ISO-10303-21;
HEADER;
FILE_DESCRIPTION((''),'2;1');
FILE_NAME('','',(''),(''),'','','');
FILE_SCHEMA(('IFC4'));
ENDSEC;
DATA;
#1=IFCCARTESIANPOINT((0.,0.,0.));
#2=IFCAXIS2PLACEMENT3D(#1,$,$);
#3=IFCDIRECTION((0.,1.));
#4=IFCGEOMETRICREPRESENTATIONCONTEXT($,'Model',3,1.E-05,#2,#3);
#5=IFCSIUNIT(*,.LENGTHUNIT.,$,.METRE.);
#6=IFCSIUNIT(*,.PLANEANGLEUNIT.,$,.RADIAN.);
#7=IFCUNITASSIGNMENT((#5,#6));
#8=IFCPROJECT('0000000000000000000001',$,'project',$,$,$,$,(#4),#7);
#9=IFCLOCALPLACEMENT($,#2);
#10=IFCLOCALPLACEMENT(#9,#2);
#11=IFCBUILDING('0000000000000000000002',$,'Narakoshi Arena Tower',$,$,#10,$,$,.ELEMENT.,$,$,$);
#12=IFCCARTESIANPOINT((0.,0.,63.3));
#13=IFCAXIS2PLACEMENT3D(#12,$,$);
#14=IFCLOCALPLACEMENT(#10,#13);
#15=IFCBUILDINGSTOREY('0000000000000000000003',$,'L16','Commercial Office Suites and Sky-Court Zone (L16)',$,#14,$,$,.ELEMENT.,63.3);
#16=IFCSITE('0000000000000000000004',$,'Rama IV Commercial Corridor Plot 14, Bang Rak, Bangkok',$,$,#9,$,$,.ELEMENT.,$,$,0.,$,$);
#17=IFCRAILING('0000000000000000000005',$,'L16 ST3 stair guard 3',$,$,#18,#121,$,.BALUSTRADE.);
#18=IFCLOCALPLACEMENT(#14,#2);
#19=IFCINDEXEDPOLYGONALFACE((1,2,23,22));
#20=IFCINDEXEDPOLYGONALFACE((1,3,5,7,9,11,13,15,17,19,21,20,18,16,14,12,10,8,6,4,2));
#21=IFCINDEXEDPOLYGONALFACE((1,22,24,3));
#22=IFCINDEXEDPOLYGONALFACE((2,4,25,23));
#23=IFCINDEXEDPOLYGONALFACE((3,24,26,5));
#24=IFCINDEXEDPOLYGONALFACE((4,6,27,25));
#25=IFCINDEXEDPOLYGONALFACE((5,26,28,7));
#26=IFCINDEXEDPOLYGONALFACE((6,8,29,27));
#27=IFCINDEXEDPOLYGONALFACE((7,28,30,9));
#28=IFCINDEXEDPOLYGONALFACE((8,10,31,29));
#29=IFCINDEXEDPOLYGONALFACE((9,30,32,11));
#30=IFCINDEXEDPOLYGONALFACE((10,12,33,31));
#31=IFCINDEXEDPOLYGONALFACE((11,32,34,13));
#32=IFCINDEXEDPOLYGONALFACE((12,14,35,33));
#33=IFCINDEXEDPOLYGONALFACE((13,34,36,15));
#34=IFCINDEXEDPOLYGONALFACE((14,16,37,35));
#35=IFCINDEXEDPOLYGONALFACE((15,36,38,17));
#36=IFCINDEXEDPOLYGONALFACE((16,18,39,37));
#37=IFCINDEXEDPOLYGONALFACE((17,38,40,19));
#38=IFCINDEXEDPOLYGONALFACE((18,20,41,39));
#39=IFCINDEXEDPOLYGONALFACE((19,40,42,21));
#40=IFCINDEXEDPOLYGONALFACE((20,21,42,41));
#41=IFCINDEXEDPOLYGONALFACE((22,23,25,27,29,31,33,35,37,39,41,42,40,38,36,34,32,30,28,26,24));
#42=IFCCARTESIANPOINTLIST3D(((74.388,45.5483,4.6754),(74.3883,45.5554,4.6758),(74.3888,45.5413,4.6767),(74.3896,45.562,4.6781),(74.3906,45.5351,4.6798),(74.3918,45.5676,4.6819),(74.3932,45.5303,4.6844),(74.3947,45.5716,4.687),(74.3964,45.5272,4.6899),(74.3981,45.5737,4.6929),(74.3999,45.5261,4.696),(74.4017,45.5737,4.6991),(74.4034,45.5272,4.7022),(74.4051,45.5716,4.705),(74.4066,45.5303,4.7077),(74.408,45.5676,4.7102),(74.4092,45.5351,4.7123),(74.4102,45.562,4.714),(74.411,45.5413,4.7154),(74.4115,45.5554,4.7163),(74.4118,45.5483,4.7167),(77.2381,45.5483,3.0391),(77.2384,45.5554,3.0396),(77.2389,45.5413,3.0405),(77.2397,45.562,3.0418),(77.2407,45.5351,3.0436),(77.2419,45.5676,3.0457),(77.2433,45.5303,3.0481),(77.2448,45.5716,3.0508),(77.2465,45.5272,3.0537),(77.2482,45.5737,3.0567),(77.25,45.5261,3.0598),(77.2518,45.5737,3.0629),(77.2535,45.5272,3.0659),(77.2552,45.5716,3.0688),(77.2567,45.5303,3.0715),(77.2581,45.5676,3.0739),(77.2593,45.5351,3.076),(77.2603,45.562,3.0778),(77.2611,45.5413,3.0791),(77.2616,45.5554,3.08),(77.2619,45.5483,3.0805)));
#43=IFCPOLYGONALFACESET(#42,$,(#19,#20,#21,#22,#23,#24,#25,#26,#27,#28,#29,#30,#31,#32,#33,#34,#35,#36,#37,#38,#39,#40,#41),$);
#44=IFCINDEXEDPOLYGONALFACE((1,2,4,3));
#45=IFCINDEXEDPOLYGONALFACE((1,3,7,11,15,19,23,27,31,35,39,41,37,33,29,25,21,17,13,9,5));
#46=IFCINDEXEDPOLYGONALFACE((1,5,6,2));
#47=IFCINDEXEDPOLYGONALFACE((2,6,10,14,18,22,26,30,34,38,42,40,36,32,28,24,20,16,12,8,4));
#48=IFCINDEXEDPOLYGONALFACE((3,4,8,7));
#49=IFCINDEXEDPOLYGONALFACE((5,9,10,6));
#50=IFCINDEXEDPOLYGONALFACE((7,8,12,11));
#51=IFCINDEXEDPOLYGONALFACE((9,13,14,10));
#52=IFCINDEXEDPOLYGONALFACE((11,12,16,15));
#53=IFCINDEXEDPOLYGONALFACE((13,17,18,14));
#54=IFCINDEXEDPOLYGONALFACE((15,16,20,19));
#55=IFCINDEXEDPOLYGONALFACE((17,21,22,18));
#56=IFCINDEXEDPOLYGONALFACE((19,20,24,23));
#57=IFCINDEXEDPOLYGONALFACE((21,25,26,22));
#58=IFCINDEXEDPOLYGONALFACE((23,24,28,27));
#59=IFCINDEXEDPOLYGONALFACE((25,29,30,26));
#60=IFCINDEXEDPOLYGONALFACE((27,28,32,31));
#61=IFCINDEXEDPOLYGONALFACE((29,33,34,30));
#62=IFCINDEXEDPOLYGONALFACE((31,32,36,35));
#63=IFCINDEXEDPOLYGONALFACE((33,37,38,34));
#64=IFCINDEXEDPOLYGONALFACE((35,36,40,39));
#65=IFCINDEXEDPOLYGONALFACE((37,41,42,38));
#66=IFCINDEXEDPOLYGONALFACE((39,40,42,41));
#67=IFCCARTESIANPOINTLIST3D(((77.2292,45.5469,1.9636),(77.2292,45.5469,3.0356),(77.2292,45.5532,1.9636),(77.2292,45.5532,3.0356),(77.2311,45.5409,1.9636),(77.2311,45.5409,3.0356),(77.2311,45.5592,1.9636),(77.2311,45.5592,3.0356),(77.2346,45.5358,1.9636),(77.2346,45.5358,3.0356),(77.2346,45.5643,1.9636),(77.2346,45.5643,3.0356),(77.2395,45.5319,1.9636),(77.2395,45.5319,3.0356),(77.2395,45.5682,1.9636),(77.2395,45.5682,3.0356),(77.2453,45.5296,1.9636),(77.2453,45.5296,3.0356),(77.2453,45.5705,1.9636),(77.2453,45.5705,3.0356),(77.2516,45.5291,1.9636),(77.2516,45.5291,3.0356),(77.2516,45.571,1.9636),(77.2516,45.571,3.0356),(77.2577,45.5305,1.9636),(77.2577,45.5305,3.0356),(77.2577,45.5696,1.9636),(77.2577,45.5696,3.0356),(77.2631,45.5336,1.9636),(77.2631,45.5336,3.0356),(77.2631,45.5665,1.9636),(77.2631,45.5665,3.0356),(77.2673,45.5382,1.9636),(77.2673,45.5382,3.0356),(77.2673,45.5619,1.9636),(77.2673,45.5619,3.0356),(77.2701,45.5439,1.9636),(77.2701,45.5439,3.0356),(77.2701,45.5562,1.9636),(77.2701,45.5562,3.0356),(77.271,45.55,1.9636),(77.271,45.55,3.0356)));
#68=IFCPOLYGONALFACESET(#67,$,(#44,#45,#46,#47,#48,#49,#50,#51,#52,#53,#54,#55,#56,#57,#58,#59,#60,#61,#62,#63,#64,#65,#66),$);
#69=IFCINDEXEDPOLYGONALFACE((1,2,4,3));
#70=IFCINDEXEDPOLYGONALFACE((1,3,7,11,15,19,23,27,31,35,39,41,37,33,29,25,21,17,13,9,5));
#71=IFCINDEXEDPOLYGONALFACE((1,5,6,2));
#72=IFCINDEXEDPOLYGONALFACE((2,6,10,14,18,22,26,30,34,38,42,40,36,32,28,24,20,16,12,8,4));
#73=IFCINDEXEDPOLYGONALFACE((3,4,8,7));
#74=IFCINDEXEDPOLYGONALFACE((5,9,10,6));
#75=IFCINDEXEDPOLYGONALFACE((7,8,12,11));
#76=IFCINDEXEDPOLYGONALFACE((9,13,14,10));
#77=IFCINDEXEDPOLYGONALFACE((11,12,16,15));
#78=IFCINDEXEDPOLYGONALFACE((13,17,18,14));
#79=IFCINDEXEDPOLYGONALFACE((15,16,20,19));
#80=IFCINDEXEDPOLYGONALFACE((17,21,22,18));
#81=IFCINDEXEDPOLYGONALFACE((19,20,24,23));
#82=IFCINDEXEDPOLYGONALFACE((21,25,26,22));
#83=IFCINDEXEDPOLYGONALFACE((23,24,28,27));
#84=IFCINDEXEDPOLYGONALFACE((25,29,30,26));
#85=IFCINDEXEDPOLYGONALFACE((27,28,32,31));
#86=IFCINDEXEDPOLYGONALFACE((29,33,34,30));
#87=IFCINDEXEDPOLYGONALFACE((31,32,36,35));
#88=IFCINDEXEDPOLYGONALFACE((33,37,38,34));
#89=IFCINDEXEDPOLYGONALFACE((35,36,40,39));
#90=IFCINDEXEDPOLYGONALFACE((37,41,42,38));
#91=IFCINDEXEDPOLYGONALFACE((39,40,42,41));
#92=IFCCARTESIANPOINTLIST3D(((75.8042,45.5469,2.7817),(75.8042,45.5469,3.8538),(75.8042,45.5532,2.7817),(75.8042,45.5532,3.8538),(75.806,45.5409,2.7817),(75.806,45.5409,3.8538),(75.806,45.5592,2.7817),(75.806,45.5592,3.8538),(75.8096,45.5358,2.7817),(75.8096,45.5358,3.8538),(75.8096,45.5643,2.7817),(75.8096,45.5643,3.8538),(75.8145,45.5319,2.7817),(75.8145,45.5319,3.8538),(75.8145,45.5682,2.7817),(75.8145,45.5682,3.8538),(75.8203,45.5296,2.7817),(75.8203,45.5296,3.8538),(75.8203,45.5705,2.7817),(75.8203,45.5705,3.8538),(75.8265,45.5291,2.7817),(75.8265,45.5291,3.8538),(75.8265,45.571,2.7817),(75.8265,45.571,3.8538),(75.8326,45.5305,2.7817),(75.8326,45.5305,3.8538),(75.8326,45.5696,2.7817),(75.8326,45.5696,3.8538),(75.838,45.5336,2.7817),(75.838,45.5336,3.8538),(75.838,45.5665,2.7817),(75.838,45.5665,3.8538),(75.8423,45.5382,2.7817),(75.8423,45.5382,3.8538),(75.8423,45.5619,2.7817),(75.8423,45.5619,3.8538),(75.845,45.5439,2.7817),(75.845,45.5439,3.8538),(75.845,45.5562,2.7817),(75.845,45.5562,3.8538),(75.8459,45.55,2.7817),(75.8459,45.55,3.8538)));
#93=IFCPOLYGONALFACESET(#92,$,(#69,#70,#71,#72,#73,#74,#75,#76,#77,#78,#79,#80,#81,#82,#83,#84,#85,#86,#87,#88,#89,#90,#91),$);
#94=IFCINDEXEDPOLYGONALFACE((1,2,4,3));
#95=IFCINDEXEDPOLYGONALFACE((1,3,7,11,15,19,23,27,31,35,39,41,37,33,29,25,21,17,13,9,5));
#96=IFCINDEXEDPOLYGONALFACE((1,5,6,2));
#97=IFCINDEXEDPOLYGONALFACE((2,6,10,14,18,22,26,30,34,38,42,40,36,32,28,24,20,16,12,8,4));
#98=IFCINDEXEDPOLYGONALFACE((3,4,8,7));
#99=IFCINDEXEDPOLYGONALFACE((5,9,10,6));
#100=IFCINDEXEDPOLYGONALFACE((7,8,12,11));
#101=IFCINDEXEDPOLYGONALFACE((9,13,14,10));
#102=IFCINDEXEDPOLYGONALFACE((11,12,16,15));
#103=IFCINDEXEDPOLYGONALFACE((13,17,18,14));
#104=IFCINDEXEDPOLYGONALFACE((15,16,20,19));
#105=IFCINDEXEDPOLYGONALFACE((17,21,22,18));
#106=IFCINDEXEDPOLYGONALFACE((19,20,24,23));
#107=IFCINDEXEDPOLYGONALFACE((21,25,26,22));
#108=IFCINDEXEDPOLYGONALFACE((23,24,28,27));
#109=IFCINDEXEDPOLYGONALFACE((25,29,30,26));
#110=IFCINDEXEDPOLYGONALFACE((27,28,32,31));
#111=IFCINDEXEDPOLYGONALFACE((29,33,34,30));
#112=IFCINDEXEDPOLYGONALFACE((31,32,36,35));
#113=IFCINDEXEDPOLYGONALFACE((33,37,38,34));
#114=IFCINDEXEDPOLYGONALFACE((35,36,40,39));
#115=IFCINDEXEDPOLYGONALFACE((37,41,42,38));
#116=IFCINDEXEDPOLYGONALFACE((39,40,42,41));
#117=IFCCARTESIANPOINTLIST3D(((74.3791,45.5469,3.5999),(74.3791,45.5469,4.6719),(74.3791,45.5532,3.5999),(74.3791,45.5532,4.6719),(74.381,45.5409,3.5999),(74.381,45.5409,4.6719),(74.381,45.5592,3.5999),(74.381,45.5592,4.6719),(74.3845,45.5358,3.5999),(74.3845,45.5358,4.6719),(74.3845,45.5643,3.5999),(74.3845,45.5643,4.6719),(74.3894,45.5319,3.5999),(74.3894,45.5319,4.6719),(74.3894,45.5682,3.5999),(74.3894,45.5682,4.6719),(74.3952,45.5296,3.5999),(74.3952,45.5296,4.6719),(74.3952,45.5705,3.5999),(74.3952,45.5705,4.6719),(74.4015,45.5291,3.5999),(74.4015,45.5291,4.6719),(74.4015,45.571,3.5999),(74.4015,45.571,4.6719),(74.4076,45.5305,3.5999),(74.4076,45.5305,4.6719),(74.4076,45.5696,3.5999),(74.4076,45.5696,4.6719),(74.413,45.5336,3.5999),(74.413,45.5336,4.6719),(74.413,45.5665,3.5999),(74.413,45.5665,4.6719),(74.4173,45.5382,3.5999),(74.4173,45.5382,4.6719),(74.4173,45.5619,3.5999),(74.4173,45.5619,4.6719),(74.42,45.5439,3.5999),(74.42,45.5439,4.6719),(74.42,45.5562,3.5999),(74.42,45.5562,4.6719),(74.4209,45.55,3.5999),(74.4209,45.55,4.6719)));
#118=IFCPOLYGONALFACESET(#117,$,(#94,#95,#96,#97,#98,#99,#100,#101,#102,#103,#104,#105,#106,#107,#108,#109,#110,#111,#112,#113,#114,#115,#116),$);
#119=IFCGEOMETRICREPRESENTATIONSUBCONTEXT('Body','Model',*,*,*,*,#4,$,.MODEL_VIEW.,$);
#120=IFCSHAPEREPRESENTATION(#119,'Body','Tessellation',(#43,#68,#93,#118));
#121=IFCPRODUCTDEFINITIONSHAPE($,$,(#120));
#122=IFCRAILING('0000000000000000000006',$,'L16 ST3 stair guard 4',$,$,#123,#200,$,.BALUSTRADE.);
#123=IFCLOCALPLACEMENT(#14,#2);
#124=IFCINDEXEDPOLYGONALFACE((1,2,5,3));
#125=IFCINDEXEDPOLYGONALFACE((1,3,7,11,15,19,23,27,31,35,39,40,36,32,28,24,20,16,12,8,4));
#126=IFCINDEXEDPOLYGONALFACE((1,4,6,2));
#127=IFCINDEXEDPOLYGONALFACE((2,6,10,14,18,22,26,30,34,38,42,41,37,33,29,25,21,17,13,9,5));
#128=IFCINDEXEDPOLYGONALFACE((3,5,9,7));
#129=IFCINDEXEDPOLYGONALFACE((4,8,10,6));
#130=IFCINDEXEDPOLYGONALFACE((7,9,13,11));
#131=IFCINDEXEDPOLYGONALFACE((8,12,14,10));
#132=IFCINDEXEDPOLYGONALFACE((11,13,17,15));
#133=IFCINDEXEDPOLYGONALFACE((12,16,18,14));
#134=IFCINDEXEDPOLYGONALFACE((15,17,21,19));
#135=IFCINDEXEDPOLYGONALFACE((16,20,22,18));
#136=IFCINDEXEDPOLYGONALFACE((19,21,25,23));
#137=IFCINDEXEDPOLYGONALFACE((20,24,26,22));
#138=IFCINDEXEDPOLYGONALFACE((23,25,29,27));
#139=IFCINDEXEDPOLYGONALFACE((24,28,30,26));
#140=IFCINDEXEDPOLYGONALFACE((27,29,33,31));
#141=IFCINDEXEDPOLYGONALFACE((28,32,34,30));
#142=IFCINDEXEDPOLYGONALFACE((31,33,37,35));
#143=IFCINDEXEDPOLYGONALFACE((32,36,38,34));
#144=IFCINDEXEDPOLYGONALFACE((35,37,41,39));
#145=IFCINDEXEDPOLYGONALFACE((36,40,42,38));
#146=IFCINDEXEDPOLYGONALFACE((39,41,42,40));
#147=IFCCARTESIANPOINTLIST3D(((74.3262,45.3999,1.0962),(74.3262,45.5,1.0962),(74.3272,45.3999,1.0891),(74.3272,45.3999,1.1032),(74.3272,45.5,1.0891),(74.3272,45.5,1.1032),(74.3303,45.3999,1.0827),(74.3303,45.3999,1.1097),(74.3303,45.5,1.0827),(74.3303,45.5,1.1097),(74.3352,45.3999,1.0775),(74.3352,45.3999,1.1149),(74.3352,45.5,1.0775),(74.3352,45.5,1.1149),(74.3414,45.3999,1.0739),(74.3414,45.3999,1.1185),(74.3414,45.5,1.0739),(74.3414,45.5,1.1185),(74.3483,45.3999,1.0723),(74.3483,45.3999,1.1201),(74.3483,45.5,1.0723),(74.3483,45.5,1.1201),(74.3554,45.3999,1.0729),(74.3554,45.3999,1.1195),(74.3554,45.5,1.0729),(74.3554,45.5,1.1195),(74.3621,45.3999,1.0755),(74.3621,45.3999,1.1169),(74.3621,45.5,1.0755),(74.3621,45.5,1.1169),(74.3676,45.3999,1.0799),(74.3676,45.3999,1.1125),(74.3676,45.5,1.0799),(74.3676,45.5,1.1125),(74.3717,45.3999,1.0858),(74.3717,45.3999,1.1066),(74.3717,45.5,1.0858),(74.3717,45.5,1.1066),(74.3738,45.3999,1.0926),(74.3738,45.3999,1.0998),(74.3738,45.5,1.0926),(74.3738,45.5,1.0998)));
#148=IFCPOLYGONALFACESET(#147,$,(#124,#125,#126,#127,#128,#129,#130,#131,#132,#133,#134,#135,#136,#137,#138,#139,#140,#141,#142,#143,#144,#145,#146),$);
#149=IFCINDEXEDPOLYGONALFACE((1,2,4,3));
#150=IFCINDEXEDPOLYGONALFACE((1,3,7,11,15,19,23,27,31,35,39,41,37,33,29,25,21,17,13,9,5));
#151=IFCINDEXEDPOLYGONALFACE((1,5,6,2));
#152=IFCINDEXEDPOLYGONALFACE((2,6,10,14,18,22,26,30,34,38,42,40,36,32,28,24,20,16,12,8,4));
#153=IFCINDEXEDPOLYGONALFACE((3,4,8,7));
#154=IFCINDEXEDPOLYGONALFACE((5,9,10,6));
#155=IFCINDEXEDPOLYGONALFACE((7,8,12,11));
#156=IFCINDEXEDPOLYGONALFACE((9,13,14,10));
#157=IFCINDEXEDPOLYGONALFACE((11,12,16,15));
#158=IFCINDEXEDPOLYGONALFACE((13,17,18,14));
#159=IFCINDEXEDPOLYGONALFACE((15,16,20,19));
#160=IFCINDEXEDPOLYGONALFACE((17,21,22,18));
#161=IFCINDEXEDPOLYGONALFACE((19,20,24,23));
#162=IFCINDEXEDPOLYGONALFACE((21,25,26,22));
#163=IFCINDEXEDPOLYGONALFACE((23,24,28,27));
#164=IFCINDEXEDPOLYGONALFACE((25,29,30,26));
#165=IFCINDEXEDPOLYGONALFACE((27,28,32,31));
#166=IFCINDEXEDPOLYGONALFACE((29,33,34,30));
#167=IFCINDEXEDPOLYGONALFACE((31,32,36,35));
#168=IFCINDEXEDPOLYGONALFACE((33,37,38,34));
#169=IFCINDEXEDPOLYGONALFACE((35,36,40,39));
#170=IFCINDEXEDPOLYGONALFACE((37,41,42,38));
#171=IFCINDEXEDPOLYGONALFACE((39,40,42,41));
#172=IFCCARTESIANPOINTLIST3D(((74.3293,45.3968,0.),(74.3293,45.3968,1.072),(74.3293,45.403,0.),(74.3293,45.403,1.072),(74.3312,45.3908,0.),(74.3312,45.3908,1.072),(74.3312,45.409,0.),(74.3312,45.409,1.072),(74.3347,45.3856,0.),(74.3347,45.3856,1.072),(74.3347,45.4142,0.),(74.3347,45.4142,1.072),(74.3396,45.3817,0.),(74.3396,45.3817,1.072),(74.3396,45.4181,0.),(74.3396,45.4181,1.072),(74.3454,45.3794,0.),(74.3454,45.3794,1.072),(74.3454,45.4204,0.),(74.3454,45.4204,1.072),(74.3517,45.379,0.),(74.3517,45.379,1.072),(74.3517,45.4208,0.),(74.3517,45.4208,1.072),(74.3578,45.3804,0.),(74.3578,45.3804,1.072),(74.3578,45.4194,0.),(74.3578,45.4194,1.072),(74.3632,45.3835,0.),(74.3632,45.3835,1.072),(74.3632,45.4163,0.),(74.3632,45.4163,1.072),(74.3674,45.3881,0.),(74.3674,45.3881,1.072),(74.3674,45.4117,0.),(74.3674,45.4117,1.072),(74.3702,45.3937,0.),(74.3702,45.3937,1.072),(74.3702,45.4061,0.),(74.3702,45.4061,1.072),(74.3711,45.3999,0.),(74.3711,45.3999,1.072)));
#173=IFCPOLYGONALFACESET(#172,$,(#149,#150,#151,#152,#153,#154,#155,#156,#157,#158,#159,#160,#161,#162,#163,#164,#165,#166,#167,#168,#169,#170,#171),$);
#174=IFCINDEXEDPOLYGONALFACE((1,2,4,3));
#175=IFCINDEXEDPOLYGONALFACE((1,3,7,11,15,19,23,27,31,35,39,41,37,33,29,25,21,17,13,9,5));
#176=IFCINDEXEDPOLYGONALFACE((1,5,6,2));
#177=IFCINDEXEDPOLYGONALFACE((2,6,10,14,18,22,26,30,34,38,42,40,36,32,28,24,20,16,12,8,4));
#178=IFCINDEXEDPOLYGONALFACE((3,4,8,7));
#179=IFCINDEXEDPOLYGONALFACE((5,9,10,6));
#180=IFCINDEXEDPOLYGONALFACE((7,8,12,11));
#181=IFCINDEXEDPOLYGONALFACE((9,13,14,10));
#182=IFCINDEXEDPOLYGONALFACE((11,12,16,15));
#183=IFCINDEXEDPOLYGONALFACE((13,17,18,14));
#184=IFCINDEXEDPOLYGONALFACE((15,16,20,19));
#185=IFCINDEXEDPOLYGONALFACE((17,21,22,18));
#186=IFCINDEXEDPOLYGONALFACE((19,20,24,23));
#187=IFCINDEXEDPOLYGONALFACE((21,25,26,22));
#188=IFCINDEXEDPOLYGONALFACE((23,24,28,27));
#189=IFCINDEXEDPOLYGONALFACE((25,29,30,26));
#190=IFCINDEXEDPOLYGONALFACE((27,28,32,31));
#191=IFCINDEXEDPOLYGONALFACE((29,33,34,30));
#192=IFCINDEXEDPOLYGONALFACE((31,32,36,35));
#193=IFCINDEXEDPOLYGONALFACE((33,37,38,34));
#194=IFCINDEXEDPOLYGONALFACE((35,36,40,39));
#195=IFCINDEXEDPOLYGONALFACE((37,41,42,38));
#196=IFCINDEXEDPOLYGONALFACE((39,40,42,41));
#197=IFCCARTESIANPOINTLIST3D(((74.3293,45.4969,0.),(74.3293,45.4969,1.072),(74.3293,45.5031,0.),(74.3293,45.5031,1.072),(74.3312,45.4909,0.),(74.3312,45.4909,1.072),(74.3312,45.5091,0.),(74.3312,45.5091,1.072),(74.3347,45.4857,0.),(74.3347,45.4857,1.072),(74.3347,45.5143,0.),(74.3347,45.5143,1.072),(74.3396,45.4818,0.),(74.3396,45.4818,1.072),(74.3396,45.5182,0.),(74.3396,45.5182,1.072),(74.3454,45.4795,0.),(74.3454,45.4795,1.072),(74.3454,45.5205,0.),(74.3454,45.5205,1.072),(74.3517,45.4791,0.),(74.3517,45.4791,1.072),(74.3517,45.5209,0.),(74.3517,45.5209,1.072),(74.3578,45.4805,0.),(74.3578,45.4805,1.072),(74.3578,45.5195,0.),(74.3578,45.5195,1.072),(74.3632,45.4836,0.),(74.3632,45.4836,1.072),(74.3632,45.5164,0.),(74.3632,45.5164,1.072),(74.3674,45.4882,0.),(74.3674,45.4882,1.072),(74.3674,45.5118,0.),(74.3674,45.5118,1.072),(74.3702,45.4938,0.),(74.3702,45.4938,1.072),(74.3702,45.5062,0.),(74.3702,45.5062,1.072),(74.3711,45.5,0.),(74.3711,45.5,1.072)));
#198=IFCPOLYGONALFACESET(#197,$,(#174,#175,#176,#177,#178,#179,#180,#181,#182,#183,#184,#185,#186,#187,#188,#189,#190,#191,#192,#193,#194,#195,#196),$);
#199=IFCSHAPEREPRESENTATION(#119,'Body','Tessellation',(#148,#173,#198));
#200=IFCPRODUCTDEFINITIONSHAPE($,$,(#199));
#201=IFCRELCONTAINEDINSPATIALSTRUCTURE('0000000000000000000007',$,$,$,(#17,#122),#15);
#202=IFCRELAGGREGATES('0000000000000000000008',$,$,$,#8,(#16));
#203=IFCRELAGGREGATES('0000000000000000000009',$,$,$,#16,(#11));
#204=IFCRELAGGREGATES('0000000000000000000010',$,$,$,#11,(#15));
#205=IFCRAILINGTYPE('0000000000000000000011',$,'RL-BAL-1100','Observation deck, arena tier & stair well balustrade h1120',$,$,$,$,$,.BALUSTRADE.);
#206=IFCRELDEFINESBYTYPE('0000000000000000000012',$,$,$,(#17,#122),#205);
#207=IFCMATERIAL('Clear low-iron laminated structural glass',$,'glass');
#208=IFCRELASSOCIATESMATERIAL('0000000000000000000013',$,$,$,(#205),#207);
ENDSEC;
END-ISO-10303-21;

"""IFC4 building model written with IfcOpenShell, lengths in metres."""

from ifc_helpers import new_model, si_unit, direction, frame, origin, origin_2d, place, context, subcontext, project, spatial, circle, extrude, material, type_object, element, save


model = new_model("IFC4")

# Units and contexts
model_context = context("Model", 3, precision=1e-05, world=origin(), true_north=direction((0.0, 1.0)))
body_context = subcontext(model_context, "Body", "Model", "MODEL_VIEW")
ifc_project = project(units=[si_unit("LENGTHUNIT", "METRE"), si_unit("PLANEANGLEUNIT", "RADIAN")], contexts=[model_context])

# Site, building, storey
site_placement = place(None, origin())
site = spatial("IfcSite", under=ifc_project, at=site_placement, Name="Rama IV Commercial Corridor Plot 14, Bang Rak, Bangkok", CompositionType="ELEMENT", RefElevation=0.0)
building_placement = place(site_placement, origin())
building = spatial("IfcBuilding", under=site, at=building_placement, Name="Narakoshi Arena Tower", CompositionType="ELEMENT")
storey_placement = place(building_placement, frame((0.0, 0.0, 63.3)))
storey = spatial("IfcBuildingStorey", under=building, at=storey_placement, Name="L16", Description="Commercial Office Suites and Sky-Court Zone (L16)", CompositionType="ELEMENT", Elevation=63.3)

# Railings
ifc_material_1 = material(Name="Clear low-iron laminated structural glass", Category="glass")
railing_type_1 = type_object("IfcRailingType", Name="RL-BAL-1100", Description="Observation deck, arena tier & stair well balustrade h1120", PredefinedType="BALUSTRADE", material=ifc_material_1)
railing_1_placement = place(storey_placement, frame((77.25, 45.55, 1.9636)))
element("IfcRailing", 1, at=railing_1_placement, inside=storey, type_object=railing_type_1, Name="L16 ST3 stair guard 3", PredefinedType="BALUSTRADE", context=body_context, shape_type="SweptSolid", body=[
    extrude(circle(Radius=0.0239, at=origin_2d()), frame((0.0, 0.0, 1.0962), z_axis=(-0.867245, 0.0, 0.497882), x_axis=(0.0, -1.0, 0.0)), (0.0, 0.0, 1.0), 3.2864),
    extrude(circle(Radius=0.021, at=origin_2d()), origin(), (0.0, 0.0, 1.0), 1.072),
    extrude(circle(Radius=0.021, at=origin_2d()), frame((-1.425, 0.0, 0.8181)), (0.0, 0.0, 1.0), 1.072),
    extrude(circle(Radius=0.021, at=origin_2d()), frame((-2.8501, 0.0, 1.6362)), (0.0, 0.0, 1.0), 1.072),
])
railing_2_placement = place(storey_placement, frame((74.3501, 45.3999, 0.0)))
element("IfcRailing", 2, at=railing_2_placement, inside=storey, type_object=railing_type_1, Name="L16 ST3 stair guard 4", PredefinedType="BALUSTRADE", context=body_context, shape_type="SweptSolid", body=[
    extrude(circle(Radius=0.0239, at=origin_2d()), frame((0.0, 0.0, 1.0962), z_axis=(0.0, 1.0, 0.0), x_axis=(-1.0, 0.0, 0.0)), (0.0, 0.0, 1.0), 0.1001),
    extrude(circle(Radius=0.021, at=origin_2d()), origin(), (0.0, 0.0, 1.0), 1.072),
    extrude(circle(Radius=0.021, at=origin_2d()), frame((0.0, 0.1001, 0.0)), (0.0, 0.0, 1.0), 1.072),
])

save(model, "model.ifc")
